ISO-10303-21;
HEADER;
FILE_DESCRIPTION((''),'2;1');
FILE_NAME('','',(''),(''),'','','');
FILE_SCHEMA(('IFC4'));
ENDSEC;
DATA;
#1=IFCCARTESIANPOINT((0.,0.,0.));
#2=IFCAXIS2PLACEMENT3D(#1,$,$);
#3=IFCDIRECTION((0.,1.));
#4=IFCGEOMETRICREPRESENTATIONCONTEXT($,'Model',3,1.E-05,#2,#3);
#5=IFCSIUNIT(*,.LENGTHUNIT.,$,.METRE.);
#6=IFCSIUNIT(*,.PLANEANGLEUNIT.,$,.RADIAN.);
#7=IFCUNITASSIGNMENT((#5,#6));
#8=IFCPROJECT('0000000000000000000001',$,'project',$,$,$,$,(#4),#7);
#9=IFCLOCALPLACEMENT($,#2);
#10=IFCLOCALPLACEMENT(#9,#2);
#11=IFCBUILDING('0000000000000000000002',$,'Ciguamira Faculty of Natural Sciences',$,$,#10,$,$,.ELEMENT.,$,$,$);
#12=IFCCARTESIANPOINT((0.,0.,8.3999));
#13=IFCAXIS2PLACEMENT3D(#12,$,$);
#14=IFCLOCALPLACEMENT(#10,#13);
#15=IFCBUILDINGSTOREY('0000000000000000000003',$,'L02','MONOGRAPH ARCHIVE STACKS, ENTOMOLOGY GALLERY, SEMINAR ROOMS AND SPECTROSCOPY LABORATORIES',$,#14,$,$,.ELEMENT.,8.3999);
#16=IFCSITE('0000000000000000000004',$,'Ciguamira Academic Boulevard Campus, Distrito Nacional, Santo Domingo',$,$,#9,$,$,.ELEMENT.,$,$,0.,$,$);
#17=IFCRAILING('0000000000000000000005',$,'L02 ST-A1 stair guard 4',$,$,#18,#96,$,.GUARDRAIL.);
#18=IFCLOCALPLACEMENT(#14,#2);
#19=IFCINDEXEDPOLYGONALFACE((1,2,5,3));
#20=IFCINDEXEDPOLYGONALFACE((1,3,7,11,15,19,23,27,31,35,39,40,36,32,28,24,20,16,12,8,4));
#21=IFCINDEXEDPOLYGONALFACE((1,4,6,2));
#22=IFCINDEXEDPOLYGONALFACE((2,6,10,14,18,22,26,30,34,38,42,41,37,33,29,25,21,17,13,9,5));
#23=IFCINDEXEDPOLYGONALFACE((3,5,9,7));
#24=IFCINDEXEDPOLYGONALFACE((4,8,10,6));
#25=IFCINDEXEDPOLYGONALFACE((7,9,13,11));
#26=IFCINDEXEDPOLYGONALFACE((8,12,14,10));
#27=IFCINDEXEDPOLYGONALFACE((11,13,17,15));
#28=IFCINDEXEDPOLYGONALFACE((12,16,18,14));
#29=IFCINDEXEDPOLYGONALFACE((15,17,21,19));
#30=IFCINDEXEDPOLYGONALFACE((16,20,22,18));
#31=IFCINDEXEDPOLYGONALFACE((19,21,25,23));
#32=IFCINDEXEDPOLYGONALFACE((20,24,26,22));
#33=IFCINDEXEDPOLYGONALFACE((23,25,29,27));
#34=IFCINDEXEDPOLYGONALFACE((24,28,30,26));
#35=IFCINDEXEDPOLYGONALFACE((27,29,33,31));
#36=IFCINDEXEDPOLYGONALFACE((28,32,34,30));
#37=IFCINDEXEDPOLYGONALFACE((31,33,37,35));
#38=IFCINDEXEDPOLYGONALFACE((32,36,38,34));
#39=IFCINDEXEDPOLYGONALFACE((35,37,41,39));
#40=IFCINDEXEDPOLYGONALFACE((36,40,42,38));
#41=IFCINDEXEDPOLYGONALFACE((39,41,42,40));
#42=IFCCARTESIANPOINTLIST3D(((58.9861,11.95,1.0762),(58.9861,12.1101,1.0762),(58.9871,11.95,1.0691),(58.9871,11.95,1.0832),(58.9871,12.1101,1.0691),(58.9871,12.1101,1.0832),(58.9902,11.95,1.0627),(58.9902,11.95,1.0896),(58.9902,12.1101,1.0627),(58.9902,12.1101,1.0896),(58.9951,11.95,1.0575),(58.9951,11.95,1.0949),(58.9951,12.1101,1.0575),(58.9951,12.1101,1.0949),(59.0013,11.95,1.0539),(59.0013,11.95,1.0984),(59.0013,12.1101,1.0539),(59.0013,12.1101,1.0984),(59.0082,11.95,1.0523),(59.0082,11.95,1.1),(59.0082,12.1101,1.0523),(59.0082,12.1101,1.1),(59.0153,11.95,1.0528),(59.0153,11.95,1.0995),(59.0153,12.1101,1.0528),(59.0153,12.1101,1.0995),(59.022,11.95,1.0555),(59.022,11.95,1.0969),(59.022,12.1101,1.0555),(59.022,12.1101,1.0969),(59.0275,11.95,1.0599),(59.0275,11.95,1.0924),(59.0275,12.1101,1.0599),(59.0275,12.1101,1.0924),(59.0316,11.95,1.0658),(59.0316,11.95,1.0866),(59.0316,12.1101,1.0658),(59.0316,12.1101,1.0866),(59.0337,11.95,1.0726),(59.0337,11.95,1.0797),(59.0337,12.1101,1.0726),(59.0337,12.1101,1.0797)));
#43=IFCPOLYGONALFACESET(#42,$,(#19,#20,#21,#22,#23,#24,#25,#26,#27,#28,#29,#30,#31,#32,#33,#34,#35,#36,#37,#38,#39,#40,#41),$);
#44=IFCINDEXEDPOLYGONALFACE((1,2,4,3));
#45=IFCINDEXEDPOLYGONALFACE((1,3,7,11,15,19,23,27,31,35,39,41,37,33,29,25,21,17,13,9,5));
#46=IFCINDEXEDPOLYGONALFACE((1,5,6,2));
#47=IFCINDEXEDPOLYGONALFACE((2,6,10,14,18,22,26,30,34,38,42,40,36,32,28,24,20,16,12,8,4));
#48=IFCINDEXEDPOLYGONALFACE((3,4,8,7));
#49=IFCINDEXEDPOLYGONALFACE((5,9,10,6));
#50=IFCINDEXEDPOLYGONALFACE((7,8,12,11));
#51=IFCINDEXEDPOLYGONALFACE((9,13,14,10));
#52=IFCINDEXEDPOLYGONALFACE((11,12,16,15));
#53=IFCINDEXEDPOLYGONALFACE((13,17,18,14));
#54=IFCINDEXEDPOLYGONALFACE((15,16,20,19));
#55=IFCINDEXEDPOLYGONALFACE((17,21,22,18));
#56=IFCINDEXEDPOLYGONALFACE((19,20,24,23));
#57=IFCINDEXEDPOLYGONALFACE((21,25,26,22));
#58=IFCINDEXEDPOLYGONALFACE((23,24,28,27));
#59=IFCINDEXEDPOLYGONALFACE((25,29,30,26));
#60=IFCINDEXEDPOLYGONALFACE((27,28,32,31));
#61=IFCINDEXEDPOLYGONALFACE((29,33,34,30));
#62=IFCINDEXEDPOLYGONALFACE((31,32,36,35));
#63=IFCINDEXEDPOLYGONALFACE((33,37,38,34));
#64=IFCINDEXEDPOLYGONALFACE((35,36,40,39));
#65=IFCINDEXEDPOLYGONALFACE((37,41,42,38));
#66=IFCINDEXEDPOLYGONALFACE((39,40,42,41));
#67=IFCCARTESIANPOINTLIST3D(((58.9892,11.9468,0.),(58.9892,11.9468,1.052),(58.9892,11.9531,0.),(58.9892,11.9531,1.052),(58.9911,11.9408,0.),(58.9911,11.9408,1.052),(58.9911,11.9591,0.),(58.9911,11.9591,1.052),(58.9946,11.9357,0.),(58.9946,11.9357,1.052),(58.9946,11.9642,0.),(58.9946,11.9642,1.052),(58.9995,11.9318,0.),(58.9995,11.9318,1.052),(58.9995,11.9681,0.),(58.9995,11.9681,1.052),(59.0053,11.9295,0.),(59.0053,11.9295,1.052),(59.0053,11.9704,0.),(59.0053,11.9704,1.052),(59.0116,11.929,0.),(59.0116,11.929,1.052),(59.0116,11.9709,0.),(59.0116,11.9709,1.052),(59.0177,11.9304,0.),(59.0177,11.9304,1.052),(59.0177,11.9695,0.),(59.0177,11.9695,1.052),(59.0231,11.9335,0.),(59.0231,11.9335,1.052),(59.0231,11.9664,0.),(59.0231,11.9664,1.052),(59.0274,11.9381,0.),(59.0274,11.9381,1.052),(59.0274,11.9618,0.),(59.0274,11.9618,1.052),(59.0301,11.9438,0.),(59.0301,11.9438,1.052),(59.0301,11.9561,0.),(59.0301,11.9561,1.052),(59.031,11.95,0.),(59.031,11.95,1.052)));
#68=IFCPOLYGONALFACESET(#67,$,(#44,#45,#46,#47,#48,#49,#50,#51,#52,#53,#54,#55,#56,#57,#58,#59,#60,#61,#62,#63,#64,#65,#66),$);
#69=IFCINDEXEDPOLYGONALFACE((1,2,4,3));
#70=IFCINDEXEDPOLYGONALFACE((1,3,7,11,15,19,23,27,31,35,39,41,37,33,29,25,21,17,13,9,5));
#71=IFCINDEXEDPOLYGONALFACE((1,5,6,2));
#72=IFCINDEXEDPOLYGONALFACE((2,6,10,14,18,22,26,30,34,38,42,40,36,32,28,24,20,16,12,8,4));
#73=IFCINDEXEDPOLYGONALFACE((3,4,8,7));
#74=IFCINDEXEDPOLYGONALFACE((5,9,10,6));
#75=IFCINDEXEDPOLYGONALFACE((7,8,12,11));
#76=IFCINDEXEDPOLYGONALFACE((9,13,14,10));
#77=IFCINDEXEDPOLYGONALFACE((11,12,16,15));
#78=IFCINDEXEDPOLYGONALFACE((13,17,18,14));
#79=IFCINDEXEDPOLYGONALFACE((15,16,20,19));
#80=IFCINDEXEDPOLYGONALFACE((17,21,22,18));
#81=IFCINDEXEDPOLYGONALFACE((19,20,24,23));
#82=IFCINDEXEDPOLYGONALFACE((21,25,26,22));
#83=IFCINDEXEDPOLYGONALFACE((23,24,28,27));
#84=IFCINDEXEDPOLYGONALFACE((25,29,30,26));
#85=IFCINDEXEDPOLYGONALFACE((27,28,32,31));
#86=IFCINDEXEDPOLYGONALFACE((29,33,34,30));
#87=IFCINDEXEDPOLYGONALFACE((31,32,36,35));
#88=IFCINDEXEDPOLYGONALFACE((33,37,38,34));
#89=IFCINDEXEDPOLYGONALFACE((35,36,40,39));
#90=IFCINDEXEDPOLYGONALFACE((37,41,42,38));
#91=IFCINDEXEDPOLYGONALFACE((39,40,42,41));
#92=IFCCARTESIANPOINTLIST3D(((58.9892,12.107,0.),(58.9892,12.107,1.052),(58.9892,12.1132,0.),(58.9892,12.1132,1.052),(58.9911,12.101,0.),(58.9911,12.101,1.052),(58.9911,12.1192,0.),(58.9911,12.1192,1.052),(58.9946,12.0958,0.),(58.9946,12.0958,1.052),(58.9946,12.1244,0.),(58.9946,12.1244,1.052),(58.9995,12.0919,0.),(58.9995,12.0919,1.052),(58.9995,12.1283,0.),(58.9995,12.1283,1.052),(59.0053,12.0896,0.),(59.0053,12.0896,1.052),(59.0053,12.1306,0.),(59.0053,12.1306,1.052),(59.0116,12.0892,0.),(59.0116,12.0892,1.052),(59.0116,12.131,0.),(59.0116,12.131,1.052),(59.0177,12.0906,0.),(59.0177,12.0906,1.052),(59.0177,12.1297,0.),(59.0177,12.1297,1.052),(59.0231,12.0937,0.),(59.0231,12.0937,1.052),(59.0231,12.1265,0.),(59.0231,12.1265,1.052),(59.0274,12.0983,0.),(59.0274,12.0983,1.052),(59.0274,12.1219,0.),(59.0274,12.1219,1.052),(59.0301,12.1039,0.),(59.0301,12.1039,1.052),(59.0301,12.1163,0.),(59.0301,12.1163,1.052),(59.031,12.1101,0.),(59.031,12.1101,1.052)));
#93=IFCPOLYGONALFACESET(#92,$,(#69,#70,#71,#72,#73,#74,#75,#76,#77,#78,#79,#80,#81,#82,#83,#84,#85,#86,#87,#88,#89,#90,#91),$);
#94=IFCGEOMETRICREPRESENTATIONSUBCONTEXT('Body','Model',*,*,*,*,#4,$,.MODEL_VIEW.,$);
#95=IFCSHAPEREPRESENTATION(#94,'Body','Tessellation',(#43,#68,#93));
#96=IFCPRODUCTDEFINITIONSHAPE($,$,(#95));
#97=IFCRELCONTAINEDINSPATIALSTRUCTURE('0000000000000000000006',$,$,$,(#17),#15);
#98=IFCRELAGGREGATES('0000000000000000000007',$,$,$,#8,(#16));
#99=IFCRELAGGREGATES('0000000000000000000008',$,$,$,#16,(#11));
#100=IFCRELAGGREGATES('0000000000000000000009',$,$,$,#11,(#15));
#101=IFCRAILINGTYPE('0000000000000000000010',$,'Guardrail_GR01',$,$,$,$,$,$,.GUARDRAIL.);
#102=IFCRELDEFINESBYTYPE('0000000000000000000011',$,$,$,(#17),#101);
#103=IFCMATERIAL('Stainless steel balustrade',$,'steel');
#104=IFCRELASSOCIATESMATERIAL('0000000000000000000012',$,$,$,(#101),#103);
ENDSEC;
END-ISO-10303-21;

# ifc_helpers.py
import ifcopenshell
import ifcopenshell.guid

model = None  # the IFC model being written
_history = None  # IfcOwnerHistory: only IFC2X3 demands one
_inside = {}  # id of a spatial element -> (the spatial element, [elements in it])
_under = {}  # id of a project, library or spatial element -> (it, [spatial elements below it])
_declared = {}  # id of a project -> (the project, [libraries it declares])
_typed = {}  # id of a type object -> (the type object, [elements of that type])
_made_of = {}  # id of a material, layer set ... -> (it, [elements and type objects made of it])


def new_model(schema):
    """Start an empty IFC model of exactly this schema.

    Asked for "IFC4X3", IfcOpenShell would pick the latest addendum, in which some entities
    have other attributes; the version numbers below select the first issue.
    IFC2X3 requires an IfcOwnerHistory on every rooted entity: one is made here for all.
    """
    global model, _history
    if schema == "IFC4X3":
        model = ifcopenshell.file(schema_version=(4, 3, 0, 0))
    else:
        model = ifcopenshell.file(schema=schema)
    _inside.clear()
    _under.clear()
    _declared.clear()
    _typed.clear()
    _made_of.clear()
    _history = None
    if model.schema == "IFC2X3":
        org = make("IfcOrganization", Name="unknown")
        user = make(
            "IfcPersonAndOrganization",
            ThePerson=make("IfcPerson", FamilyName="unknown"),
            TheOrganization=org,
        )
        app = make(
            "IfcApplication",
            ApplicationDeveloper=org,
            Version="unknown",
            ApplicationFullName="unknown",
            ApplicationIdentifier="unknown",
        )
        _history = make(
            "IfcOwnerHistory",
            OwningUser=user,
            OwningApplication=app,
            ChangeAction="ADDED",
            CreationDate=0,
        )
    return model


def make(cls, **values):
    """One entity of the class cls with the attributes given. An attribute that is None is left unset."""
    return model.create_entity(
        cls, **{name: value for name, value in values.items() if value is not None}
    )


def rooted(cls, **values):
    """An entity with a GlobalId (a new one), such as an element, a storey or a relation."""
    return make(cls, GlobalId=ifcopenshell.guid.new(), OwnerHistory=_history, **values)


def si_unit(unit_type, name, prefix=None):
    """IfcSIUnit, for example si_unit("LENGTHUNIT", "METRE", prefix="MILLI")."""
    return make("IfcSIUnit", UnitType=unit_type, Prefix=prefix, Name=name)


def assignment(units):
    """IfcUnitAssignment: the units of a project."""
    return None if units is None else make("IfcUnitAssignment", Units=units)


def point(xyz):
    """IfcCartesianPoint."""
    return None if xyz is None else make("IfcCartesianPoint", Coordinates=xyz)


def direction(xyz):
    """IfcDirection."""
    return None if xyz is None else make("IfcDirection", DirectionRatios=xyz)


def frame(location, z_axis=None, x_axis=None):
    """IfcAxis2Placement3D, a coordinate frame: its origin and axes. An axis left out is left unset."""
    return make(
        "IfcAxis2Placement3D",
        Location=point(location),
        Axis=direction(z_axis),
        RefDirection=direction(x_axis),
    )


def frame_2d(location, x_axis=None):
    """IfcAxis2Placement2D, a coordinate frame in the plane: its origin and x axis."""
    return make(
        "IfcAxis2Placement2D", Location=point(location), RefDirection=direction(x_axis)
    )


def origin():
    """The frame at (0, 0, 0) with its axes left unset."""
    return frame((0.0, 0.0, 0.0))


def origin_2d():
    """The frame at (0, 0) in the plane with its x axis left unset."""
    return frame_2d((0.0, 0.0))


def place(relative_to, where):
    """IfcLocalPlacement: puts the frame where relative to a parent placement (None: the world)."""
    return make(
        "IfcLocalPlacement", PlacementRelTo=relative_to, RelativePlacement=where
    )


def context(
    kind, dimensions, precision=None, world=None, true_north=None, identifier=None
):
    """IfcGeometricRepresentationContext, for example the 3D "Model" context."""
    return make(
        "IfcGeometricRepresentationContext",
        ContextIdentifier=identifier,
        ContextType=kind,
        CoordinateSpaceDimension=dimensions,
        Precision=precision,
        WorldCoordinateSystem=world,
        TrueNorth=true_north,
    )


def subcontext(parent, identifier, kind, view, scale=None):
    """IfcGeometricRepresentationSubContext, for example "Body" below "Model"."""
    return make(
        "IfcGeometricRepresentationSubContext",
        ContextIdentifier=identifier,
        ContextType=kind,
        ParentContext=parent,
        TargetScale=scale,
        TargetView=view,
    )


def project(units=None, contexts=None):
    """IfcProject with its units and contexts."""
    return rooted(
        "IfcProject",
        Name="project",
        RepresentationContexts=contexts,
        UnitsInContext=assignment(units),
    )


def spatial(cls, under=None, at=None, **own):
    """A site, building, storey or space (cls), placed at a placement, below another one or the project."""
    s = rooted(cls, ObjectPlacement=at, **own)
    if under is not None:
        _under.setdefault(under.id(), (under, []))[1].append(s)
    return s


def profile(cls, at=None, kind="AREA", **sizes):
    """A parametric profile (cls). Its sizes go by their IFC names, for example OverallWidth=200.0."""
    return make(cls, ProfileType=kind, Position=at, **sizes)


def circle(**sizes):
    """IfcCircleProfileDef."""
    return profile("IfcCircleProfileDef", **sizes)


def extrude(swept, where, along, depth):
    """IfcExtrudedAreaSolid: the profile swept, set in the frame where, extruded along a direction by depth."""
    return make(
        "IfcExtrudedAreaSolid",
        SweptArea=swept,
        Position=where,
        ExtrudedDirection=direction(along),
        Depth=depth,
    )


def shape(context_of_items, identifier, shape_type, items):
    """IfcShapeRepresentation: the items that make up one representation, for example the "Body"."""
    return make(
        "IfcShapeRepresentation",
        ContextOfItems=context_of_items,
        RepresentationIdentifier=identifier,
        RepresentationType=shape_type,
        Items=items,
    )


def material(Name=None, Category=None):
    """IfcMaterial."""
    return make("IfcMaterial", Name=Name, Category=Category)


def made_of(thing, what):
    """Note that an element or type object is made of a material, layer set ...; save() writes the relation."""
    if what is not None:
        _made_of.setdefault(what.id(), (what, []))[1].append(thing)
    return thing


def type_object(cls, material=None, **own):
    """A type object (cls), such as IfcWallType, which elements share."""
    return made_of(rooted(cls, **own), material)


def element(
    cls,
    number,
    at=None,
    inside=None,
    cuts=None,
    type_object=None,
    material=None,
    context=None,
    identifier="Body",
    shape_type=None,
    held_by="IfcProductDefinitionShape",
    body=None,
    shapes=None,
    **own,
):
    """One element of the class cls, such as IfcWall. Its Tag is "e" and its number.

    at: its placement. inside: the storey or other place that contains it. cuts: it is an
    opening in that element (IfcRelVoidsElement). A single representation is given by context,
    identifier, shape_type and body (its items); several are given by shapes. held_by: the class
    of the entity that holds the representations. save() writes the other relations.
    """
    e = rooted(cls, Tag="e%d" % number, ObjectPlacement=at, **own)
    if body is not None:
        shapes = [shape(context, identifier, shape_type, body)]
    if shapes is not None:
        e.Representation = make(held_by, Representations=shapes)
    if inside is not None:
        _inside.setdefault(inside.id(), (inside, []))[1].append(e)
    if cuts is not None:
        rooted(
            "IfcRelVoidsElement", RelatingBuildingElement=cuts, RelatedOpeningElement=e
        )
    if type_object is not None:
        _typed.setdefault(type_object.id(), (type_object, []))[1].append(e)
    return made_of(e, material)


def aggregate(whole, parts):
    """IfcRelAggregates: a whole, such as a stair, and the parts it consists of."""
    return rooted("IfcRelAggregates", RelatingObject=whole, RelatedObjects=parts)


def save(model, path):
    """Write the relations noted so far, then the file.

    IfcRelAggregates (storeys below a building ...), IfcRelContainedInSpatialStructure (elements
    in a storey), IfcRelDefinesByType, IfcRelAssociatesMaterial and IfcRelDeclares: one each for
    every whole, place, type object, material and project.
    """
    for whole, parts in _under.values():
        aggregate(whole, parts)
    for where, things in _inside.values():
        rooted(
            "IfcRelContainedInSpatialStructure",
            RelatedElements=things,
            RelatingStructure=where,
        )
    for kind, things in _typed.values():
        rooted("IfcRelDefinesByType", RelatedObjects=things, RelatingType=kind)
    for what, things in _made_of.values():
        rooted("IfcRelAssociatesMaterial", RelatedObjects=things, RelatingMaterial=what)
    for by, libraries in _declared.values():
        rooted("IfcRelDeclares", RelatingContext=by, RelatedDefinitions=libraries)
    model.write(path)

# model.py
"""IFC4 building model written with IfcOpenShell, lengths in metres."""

from ifc_helpers import new_model, si_unit, direction, frame, origin, origin_2d, place, context, subcontext, project, spatial, circle, extrude, material, type_object, element, save


model = new_model("IFC4")

# Units and contexts
model_context = context("Model", 3, precision=1e-05, world=origin(), true_north=direction((0.0, 1.0)))
body_context = subcontext(model_context, "Body", "Model", "MODEL_VIEW")
ifc_project = project(units=[si_unit("LENGTHUNIT", "METRE"), si_unit("PLANEANGLEUNIT", "RADIAN")], contexts=[model_context])

# Site, building, storey
site_placement = place(None, origin())
site = spatial("IfcSite", under=ifc_project, at=site_placement, Name="Ciguamira Academic Boulevard Campus, Distrito Nacional, Santo Domingo", CompositionType="ELEMENT", RefElevation=0.0)
building_placement = place(site_placement, origin())
building = spatial("IfcBuilding", under=site, at=building_placement, Name="Ciguamira Faculty of Natural Sciences", CompositionType="ELEMENT")
storey_placement = place(building_placement, frame((0.0, 0.0, 8.3999)))
storey = spatial("IfcBuildingStorey", under=building, at=storey_placement, Name="L02", Description="MONOGRAPH ARCHIVE STACKS, ENTOMOLOGY GALLERY, SEMINAR ROOMS AND SPECTROSCOPY LABORATORIES", CompositionType="ELEMENT", Elevation=8.3999)

# Railing
ifc_material_1 = material(Name="Stainless steel balustrade", Category="steel")
railing_type_1 = type_object("IfcRailingType", Name="Guardrail_GR01", PredefinedType="GUARDRAIL", material=ifc_material_1)
railing_1_placement = place(storey_placement, frame((59.01, 11.95, 0.0)))
element("IfcRailing", 1, at=railing_1_placement, inside=storey, type_object=railing_type_1, Name="L02 ST-A1 stair guard 4", PredefinedType="GUARDRAIL", context=body_context, shape_type="SweptSolid", body=[
    extrude(circle(Radius=0.0239, at=origin_2d()), frame((0.0, 0.0, 1.0762), z_axis=(0.0, 1.0, 0.0), x_axis=(-1.0, 0.0, 0.0)), (0.0, 0.0, 1.0), 0.1602),
    extrude(circle(Radius=0.021, at=origin_2d()), origin(), (0.0, 0.0, 1.0), 1.052),
    extrude(circle(Radius=0.021, at=origin_2d()), frame((0.0, 0.1602, 0.0)), (0.0, 0.0, 1.0), 1.052),
])

save(model, "model.ifc")
